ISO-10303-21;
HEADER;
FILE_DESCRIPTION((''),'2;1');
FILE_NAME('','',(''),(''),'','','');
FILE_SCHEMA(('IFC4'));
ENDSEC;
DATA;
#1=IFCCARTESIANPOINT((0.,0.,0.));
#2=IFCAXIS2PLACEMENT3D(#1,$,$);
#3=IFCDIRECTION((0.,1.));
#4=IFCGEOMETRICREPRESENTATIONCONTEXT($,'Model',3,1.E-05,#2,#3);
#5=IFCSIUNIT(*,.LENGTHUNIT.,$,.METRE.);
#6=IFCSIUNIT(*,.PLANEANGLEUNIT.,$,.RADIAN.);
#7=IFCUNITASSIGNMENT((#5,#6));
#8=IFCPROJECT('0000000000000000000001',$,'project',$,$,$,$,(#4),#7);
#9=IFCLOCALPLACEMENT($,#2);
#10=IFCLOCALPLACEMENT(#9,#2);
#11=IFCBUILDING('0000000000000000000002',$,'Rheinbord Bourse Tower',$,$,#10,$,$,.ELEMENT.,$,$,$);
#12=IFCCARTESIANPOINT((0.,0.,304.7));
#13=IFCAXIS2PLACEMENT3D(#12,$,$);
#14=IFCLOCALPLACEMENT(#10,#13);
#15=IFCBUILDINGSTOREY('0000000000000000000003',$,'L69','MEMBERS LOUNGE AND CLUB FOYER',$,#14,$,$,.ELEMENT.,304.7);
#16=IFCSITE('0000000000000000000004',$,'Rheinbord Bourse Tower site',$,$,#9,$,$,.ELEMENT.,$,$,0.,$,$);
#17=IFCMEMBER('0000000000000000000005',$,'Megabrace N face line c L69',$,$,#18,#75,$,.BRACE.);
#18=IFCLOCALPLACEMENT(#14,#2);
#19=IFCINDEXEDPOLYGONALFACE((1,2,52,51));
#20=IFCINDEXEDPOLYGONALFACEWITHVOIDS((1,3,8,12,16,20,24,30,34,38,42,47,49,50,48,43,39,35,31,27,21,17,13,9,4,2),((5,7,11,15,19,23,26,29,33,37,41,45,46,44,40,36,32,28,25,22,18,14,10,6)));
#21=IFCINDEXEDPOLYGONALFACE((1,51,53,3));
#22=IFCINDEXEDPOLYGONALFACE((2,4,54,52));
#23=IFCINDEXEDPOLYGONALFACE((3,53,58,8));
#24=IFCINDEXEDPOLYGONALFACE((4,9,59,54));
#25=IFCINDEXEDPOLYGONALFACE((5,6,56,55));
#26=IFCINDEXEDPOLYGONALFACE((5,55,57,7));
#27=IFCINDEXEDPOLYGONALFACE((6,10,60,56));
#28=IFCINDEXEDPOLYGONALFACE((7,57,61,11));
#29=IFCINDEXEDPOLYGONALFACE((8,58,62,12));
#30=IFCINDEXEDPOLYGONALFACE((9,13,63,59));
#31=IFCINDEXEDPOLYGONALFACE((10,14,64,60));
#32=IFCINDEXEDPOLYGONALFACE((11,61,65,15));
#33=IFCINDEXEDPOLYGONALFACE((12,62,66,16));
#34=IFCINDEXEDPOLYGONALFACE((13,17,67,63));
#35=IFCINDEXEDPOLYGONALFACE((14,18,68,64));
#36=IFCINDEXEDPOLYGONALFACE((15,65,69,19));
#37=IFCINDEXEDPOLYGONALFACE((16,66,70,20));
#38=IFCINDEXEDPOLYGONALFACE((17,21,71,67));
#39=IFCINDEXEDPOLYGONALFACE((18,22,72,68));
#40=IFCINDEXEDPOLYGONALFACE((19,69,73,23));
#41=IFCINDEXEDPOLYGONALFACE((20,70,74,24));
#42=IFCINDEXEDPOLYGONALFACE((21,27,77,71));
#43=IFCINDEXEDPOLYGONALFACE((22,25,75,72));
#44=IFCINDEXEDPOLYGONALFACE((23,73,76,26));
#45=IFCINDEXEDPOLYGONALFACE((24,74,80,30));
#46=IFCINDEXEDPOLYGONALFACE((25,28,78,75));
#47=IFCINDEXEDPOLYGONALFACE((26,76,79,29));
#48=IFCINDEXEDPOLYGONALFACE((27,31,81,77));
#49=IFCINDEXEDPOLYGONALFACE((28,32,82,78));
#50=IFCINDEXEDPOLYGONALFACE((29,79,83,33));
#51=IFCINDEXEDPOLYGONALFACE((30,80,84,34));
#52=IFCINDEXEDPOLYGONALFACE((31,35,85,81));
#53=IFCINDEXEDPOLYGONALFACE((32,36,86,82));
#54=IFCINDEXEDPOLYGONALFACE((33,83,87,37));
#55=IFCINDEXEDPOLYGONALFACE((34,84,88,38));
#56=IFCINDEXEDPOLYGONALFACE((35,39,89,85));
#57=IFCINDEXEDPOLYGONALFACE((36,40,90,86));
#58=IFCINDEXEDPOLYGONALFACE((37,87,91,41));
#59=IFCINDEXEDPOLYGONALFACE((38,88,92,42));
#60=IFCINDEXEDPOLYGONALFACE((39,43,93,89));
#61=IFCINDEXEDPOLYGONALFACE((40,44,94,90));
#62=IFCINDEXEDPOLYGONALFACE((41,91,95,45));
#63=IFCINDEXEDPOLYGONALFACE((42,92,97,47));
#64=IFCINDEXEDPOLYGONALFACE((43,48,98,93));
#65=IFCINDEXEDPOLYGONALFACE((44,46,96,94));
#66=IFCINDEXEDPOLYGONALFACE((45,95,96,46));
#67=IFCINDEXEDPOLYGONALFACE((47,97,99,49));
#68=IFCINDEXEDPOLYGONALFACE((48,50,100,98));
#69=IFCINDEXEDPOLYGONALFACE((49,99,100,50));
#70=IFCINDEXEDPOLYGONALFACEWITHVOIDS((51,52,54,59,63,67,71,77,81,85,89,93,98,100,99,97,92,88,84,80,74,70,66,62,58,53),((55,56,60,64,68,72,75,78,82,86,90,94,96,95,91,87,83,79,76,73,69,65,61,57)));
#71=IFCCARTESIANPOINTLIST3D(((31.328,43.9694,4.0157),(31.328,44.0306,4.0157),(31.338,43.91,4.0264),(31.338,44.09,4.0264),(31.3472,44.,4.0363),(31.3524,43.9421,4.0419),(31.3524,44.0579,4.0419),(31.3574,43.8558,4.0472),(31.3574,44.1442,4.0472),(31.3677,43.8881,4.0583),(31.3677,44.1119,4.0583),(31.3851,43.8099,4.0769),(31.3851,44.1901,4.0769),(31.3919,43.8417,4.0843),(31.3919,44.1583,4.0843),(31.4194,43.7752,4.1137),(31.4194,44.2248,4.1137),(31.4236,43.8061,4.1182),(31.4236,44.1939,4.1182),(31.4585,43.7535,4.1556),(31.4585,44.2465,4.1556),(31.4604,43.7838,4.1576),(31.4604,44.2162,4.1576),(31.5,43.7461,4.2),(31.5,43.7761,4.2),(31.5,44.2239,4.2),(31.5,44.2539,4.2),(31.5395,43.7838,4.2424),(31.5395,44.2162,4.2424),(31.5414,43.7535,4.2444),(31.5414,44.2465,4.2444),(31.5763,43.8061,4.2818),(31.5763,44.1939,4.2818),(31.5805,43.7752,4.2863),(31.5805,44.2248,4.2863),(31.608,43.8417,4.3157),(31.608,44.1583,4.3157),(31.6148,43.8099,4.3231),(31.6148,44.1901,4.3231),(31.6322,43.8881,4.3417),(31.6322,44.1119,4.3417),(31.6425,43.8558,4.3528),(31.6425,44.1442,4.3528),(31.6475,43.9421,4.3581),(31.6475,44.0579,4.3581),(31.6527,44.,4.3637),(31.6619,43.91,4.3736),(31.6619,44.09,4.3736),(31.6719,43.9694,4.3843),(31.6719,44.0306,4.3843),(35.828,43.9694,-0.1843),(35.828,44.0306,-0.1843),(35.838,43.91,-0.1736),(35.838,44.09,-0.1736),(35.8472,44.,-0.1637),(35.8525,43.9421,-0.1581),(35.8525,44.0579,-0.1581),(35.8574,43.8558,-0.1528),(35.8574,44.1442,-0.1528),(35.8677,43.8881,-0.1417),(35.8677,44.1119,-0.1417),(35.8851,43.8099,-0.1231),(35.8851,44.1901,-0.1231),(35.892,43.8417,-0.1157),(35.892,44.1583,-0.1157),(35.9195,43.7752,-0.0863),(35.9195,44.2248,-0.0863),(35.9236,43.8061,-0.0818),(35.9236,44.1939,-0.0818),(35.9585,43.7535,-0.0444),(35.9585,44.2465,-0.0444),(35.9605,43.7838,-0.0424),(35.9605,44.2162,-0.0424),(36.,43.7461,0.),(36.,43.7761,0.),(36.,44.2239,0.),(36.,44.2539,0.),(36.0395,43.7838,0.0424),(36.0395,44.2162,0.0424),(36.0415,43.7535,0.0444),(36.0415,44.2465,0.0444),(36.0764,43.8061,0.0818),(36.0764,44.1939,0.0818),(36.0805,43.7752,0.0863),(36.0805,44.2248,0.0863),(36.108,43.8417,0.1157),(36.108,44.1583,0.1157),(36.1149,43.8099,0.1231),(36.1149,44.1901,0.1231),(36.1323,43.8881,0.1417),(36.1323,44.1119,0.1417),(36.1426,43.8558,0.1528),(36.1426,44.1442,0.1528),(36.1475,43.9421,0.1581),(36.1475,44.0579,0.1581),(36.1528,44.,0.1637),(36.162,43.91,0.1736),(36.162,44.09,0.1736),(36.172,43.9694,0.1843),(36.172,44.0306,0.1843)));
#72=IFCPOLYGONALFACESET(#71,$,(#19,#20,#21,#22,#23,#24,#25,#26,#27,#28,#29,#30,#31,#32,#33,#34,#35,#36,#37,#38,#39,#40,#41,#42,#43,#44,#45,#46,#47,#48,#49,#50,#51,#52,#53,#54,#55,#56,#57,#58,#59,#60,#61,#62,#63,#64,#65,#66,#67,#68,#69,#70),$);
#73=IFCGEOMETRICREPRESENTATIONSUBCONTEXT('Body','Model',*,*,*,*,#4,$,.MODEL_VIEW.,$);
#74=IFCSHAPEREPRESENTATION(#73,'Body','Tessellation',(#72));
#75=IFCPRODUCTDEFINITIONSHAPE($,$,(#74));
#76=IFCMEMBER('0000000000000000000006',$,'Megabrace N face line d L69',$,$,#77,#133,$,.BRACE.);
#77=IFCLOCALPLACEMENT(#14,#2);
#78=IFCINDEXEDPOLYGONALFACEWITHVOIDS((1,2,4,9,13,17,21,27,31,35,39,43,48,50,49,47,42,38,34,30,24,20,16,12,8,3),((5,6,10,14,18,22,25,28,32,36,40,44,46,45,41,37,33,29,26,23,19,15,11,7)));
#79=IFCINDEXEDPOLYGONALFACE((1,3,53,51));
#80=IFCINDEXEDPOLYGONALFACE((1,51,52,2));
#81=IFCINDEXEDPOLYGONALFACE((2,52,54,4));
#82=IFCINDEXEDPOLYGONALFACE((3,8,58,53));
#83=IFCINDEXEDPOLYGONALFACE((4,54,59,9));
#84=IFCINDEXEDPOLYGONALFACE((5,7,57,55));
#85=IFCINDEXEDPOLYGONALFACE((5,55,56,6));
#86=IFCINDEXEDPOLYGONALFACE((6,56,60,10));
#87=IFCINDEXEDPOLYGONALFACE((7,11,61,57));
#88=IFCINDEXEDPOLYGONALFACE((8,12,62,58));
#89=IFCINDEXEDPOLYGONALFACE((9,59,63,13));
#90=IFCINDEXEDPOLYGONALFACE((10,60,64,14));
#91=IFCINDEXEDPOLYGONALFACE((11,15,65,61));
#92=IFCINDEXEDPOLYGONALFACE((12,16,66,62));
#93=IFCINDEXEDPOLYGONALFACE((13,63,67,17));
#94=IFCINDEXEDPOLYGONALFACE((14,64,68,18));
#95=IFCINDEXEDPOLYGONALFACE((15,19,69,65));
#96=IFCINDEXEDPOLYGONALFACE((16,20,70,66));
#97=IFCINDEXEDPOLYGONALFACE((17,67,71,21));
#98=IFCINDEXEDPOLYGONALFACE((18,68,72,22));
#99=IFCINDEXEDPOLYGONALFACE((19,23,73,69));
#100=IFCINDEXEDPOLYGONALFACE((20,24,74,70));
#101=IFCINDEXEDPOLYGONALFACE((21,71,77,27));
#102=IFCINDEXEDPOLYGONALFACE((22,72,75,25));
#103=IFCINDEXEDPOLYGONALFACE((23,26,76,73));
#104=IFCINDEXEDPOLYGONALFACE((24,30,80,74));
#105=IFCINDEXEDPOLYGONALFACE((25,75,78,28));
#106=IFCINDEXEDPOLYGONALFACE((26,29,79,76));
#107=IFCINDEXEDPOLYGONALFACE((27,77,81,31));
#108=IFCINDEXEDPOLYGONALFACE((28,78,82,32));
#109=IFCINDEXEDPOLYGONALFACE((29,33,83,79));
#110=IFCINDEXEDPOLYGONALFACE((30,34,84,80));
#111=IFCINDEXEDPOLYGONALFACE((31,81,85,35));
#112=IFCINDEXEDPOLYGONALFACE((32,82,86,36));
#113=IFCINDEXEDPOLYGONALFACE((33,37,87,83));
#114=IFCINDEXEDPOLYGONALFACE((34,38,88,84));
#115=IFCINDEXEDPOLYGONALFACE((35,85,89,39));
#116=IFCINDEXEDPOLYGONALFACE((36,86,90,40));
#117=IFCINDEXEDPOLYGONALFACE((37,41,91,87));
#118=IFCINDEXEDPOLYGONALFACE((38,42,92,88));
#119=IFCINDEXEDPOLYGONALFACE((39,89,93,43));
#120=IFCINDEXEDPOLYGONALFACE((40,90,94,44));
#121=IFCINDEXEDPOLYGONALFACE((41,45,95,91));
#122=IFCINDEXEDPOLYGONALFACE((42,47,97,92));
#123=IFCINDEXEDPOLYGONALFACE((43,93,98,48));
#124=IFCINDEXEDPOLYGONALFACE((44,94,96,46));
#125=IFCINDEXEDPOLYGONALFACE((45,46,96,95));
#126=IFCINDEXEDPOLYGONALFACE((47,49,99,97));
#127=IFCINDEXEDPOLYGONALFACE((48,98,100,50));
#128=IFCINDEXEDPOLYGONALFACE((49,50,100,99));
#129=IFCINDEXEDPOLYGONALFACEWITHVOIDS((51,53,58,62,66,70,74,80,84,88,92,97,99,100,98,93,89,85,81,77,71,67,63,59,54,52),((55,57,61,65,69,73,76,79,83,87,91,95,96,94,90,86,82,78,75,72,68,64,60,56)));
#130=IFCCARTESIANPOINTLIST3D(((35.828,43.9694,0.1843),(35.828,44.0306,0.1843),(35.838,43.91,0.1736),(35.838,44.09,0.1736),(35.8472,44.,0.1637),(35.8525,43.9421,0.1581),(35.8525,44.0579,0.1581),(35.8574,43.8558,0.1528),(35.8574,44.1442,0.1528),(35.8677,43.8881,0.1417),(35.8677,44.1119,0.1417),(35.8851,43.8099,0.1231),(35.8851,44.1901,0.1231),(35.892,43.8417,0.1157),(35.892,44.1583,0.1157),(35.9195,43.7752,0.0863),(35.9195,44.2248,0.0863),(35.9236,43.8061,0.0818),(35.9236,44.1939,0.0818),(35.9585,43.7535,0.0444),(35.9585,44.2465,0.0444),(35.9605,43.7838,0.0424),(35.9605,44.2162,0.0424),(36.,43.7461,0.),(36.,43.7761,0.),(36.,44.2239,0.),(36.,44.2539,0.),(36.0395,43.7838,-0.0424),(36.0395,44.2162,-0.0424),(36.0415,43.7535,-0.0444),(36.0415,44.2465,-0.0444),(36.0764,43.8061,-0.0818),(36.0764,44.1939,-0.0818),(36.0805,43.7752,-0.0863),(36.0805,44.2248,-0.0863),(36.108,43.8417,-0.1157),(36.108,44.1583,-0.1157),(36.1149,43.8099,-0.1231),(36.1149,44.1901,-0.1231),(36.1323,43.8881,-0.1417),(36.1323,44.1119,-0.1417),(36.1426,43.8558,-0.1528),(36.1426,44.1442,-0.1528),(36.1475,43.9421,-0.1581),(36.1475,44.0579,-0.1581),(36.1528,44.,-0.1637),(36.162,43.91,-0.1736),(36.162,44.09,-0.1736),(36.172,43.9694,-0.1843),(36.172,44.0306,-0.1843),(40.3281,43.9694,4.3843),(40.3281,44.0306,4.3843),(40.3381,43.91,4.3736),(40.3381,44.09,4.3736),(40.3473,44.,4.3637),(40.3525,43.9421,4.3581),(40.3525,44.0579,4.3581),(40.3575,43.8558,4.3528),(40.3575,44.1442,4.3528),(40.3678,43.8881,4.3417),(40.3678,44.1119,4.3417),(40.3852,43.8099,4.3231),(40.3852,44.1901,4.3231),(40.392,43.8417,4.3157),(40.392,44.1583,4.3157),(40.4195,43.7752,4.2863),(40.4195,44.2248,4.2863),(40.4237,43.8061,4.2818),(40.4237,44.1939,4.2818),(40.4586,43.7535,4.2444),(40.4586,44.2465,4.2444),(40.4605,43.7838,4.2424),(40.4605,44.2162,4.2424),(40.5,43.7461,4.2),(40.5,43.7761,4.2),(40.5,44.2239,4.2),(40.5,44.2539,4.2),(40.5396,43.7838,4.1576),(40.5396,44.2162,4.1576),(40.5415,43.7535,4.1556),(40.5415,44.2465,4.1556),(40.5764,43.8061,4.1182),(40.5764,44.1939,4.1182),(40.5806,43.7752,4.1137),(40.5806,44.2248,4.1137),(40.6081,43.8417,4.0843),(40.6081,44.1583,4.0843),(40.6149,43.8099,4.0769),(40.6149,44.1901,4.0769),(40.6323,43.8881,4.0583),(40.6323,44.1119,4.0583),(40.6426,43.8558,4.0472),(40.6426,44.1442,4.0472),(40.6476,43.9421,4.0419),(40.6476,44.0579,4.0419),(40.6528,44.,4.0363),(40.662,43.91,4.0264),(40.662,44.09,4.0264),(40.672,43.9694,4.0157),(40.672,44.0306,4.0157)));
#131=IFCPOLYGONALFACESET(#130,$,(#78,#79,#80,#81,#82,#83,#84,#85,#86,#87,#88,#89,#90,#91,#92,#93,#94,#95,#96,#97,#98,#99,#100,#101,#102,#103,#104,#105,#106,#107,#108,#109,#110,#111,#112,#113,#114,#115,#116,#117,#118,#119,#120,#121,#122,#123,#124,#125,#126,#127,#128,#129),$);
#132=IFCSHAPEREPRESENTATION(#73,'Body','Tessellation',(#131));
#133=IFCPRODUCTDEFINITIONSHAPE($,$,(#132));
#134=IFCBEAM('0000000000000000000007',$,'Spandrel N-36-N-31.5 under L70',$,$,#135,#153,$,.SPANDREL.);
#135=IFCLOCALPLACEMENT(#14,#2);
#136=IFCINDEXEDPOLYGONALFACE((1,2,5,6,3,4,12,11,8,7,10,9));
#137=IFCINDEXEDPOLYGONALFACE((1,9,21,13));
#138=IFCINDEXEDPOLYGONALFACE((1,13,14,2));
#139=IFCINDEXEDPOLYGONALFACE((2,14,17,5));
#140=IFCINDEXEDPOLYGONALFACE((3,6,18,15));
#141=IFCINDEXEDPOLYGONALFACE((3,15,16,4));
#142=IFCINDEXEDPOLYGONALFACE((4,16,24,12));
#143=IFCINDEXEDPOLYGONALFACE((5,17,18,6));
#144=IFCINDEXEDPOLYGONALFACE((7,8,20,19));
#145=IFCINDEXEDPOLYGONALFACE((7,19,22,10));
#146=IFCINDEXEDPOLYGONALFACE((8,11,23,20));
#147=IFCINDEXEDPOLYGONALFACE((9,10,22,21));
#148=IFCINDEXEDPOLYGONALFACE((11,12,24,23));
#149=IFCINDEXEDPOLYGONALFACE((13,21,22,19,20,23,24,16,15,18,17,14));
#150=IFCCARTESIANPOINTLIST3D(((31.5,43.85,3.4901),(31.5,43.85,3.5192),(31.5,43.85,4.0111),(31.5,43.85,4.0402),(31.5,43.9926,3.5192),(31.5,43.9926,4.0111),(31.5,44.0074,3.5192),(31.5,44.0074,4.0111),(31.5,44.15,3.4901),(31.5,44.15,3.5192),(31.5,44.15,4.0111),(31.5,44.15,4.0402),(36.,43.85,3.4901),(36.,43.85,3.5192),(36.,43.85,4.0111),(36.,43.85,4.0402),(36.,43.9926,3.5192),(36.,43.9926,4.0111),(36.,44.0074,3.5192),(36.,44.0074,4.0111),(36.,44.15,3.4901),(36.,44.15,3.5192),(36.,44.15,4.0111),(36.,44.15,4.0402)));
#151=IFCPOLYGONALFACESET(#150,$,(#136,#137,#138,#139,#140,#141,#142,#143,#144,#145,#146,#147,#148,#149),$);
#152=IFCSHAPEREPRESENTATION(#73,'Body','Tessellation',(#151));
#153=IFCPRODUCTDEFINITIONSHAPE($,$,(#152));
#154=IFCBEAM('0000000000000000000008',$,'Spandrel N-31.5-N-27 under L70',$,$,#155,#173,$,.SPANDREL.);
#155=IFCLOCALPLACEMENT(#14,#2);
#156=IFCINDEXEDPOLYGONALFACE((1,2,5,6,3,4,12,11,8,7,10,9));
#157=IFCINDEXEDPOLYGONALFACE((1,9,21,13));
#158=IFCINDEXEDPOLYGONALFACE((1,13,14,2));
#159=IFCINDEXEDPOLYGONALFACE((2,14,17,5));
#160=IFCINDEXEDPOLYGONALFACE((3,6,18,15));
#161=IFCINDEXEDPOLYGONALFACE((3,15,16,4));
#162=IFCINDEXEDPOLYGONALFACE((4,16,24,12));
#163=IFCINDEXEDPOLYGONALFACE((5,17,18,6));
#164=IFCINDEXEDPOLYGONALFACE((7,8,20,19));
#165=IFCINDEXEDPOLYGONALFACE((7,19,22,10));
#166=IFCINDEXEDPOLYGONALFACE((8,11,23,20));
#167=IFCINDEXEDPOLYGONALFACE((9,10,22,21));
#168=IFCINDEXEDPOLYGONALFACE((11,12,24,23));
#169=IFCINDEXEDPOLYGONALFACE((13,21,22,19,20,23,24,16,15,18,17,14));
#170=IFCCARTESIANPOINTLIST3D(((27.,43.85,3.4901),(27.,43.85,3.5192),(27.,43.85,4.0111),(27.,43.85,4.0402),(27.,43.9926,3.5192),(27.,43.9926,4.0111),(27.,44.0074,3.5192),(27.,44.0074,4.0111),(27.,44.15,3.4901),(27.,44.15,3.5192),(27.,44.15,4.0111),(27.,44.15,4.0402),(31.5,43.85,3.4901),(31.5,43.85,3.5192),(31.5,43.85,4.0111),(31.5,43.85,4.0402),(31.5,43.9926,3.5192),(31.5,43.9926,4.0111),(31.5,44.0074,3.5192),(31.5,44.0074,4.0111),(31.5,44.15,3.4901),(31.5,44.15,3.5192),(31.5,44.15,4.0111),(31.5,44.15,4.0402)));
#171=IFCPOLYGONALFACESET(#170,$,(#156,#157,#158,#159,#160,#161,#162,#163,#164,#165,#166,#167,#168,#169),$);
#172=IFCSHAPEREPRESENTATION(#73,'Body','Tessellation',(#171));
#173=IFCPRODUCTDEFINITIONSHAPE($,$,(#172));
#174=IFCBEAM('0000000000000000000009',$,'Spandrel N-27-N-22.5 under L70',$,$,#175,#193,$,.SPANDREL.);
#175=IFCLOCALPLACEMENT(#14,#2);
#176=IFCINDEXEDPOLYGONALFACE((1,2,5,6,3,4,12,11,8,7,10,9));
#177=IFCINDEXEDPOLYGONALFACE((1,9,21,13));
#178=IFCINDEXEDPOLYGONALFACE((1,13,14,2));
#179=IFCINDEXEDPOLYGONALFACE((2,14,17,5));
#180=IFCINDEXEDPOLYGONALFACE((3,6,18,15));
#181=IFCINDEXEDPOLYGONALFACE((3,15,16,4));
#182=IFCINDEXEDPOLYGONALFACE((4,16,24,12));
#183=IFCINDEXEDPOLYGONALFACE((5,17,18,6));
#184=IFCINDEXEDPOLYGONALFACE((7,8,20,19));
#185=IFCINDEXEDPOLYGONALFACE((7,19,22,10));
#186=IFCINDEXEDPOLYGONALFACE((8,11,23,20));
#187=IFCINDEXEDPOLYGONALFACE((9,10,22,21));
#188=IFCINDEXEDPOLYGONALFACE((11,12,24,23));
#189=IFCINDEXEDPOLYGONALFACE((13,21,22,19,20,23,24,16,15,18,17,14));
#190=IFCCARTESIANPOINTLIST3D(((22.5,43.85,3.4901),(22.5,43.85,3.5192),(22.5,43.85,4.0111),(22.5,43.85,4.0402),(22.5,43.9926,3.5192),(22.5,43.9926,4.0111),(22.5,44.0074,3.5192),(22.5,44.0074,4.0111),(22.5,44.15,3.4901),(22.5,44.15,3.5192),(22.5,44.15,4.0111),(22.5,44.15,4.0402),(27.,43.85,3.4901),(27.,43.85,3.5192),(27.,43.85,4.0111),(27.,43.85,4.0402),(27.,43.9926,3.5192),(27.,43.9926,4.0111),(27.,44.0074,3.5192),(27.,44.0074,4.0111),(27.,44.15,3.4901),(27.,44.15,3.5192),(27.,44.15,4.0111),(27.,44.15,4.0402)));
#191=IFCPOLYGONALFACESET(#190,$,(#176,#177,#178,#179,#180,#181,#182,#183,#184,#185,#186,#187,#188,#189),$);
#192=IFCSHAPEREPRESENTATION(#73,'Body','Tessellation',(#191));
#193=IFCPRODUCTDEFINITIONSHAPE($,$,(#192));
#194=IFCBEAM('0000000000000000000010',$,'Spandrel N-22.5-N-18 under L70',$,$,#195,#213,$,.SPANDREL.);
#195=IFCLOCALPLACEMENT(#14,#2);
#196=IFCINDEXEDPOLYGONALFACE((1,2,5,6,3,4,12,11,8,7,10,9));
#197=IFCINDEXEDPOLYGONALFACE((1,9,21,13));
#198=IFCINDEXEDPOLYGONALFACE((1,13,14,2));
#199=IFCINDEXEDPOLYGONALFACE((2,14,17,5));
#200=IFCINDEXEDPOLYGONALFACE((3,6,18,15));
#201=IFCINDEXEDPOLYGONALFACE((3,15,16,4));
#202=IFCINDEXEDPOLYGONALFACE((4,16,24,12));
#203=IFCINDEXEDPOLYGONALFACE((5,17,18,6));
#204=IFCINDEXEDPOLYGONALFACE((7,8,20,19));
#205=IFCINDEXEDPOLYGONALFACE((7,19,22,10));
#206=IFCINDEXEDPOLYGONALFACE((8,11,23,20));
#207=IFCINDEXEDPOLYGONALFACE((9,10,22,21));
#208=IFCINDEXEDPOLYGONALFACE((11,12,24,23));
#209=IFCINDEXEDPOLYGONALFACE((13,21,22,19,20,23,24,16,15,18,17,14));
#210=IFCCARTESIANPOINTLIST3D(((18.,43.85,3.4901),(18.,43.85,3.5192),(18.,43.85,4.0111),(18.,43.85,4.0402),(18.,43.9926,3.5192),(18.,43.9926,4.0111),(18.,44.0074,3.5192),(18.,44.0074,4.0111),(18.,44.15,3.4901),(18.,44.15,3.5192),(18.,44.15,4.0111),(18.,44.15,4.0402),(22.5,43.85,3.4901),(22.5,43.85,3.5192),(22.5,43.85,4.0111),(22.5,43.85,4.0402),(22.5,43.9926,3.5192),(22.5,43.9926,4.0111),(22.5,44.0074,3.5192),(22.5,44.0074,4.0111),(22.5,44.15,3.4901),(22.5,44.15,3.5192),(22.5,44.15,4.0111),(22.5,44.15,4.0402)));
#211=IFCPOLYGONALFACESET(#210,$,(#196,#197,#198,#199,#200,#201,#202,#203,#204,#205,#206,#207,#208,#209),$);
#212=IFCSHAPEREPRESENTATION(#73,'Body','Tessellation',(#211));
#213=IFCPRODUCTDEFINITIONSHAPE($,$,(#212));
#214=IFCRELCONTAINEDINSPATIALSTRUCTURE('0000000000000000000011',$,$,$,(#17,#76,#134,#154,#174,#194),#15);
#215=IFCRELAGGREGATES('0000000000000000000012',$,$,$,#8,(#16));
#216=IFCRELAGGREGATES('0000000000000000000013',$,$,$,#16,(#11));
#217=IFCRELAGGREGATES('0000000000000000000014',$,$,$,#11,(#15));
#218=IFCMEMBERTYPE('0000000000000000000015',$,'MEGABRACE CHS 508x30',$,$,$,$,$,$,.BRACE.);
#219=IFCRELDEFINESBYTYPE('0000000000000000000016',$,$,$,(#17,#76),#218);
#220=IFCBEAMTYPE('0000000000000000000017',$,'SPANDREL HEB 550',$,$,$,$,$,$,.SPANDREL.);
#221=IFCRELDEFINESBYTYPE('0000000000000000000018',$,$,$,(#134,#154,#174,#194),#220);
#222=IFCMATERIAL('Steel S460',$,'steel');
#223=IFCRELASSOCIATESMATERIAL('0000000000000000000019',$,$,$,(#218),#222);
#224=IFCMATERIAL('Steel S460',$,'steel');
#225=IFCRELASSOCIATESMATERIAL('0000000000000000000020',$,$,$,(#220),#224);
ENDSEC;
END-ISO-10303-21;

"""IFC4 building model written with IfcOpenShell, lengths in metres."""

from ifc_helpers import new_model, si_unit, direction, frame, origin, origin_2d, place, context, subcontext, project, spatial, hollow_circle, i_section, extrude, material, material_profile, profile_set, type_object, element, save


model = new_model("IFC4")

# Units and contexts
model_context = context("Model", 3, precision=1e-05, world=origin(), true_north=direction((0.0, 1.0)))
body_context = subcontext(model_context, "Body", "Model", "MODEL_VIEW")
ifc_project = project(units=[si_unit("LENGTHUNIT", "METRE"), si_unit("PLANEANGLEUNIT", "RADIAN")], contexts=[model_context])

# Site, building, storey
site_placement = place(None, origin())
site = spatial("IfcSite", under=ifc_project, at=site_placement, Name="Rheinbord Bourse Tower site", CompositionType="ELEMENT", RefElevation=0.0)
building_placement = place(site_placement, origin())
building = spatial("IfcBuilding", under=site, at=building_placement, Name="Rheinbord Bourse Tower", CompositionType="ELEMENT")
storey_placement = place(building_placement, frame((0.0, 0.0, 304.7)))
storey = spatial("IfcBuildingStorey", under=building, at=storey_placement, Name="L69", Description="MEMBERS LOUNGE AND CLUB FOYER", CompositionType="ELEMENT", Elevation=304.7)

# Members
ifc_material_1 = material(Name="Steel S460", Category="steel")
ifc_material_profile_1 = material_profile(ifc_material_1, hollow_circle(Radius=0.2539, WallThickness=0.03, at=origin_2d()), Name="CHS 508x30")
ifc_profile_set_1 = profile_set([ifc_material_profile_1], Name="Steel S460")
member_type_1 = type_object("IfcMemberType", Name="MEGABRACE CHS 508x30", PredefinedType="BRACE", material=ifc_profile_set_1)
for number, where, z_axis, x_axis, name in (
    (1, (36.0, 44.0, 0.0), (-0.731059, 0.0, 0.682314), (0.0, -1.0, 0.0), "Megabrace N face line c L69"),
    (2, (36.0, 44.0, 0.0), (0.731059, 0.0, 0.682314), (0.0, 1.0, 0.0), "Megabrace N face line d L69"),
):
    element("IfcMember", number, at=place(storey_placement, frame(where, z_axis=z_axis, x_axis=x_axis)), inside=storey, type_object=member_type_1, Name=name, PredefinedType="BRACE", context=body_context, shape_type="SweptSolid", body=[
        extrude(hollow_circle(Radius=0.2539, WallThickness=0.03, at=origin_2d()), origin(), (0.0, 0.0, 1.0), 6.1555),
    ])

# Beams
ifc_material_2 = material(Name="Steel S460", Category="steel")
ifc_material_profile_2 = material_profile(ifc_material_2, i_section(OverallWidth=0.3, OverallDepth=0.55, WebThickness=0.0149, FlangeThickness=0.0291, at=origin_2d()), Name="HEB 550")
ifc_profile_set_2 = profile_set([ifc_material_profile_2], Name="Steel S460")
beam_type_1 = type_object("IfcBeamType", Name="SPANDREL HEB 550", PredefinedType="SPANDREL", material=ifc_profile_set_2)
for number, where, z_axis, x_axis, name in (
    (3, (36.0, 44.0, 3.7651), (-1.0, 0.0, 0.0), (0.0, -1.0, 0.0), "Spandrel N-36-N-31.5 under L70"),
    (4, (31.5, 44.0, 3.7651), (-1.0, 0.0, 0.0), (0.0, -1.0, 0.0), "Spandrel N-31.5-N-27 under L70"),
    (5, (27.0, 44.0, 3.7651), (-1.0, 0.0, 0.0), (0.0, -1.0, 0.0), "Spandrel N-27-N-22.5 under L70"),
    (6, (22.5, 44.0, 3.7651), (-1.0, 0.0, 0.0), (0.0, -1.0, 0.0), "Spandrel N-22.5-N-18 under L70"),
):
    element("IfcBeam", number, at=place(storey_placement, frame(where, z_axis=z_axis, x_axis=x_axis)), inside=storey, type_object=beam_type_1, Name=name, PredefinedType="SPANDREL", context=body_context, shape_type="SweptSolid", body=[
        extrude(i_section(OverallWidth=0.3, OverallDepth=0.55, WebThickness=0.0149, FlangeThickness=0.0291, at=origin_2d()), origin(), (0.0, 0.0, 1.0), 4.5),
    ])

save(model, "model.ifc")
